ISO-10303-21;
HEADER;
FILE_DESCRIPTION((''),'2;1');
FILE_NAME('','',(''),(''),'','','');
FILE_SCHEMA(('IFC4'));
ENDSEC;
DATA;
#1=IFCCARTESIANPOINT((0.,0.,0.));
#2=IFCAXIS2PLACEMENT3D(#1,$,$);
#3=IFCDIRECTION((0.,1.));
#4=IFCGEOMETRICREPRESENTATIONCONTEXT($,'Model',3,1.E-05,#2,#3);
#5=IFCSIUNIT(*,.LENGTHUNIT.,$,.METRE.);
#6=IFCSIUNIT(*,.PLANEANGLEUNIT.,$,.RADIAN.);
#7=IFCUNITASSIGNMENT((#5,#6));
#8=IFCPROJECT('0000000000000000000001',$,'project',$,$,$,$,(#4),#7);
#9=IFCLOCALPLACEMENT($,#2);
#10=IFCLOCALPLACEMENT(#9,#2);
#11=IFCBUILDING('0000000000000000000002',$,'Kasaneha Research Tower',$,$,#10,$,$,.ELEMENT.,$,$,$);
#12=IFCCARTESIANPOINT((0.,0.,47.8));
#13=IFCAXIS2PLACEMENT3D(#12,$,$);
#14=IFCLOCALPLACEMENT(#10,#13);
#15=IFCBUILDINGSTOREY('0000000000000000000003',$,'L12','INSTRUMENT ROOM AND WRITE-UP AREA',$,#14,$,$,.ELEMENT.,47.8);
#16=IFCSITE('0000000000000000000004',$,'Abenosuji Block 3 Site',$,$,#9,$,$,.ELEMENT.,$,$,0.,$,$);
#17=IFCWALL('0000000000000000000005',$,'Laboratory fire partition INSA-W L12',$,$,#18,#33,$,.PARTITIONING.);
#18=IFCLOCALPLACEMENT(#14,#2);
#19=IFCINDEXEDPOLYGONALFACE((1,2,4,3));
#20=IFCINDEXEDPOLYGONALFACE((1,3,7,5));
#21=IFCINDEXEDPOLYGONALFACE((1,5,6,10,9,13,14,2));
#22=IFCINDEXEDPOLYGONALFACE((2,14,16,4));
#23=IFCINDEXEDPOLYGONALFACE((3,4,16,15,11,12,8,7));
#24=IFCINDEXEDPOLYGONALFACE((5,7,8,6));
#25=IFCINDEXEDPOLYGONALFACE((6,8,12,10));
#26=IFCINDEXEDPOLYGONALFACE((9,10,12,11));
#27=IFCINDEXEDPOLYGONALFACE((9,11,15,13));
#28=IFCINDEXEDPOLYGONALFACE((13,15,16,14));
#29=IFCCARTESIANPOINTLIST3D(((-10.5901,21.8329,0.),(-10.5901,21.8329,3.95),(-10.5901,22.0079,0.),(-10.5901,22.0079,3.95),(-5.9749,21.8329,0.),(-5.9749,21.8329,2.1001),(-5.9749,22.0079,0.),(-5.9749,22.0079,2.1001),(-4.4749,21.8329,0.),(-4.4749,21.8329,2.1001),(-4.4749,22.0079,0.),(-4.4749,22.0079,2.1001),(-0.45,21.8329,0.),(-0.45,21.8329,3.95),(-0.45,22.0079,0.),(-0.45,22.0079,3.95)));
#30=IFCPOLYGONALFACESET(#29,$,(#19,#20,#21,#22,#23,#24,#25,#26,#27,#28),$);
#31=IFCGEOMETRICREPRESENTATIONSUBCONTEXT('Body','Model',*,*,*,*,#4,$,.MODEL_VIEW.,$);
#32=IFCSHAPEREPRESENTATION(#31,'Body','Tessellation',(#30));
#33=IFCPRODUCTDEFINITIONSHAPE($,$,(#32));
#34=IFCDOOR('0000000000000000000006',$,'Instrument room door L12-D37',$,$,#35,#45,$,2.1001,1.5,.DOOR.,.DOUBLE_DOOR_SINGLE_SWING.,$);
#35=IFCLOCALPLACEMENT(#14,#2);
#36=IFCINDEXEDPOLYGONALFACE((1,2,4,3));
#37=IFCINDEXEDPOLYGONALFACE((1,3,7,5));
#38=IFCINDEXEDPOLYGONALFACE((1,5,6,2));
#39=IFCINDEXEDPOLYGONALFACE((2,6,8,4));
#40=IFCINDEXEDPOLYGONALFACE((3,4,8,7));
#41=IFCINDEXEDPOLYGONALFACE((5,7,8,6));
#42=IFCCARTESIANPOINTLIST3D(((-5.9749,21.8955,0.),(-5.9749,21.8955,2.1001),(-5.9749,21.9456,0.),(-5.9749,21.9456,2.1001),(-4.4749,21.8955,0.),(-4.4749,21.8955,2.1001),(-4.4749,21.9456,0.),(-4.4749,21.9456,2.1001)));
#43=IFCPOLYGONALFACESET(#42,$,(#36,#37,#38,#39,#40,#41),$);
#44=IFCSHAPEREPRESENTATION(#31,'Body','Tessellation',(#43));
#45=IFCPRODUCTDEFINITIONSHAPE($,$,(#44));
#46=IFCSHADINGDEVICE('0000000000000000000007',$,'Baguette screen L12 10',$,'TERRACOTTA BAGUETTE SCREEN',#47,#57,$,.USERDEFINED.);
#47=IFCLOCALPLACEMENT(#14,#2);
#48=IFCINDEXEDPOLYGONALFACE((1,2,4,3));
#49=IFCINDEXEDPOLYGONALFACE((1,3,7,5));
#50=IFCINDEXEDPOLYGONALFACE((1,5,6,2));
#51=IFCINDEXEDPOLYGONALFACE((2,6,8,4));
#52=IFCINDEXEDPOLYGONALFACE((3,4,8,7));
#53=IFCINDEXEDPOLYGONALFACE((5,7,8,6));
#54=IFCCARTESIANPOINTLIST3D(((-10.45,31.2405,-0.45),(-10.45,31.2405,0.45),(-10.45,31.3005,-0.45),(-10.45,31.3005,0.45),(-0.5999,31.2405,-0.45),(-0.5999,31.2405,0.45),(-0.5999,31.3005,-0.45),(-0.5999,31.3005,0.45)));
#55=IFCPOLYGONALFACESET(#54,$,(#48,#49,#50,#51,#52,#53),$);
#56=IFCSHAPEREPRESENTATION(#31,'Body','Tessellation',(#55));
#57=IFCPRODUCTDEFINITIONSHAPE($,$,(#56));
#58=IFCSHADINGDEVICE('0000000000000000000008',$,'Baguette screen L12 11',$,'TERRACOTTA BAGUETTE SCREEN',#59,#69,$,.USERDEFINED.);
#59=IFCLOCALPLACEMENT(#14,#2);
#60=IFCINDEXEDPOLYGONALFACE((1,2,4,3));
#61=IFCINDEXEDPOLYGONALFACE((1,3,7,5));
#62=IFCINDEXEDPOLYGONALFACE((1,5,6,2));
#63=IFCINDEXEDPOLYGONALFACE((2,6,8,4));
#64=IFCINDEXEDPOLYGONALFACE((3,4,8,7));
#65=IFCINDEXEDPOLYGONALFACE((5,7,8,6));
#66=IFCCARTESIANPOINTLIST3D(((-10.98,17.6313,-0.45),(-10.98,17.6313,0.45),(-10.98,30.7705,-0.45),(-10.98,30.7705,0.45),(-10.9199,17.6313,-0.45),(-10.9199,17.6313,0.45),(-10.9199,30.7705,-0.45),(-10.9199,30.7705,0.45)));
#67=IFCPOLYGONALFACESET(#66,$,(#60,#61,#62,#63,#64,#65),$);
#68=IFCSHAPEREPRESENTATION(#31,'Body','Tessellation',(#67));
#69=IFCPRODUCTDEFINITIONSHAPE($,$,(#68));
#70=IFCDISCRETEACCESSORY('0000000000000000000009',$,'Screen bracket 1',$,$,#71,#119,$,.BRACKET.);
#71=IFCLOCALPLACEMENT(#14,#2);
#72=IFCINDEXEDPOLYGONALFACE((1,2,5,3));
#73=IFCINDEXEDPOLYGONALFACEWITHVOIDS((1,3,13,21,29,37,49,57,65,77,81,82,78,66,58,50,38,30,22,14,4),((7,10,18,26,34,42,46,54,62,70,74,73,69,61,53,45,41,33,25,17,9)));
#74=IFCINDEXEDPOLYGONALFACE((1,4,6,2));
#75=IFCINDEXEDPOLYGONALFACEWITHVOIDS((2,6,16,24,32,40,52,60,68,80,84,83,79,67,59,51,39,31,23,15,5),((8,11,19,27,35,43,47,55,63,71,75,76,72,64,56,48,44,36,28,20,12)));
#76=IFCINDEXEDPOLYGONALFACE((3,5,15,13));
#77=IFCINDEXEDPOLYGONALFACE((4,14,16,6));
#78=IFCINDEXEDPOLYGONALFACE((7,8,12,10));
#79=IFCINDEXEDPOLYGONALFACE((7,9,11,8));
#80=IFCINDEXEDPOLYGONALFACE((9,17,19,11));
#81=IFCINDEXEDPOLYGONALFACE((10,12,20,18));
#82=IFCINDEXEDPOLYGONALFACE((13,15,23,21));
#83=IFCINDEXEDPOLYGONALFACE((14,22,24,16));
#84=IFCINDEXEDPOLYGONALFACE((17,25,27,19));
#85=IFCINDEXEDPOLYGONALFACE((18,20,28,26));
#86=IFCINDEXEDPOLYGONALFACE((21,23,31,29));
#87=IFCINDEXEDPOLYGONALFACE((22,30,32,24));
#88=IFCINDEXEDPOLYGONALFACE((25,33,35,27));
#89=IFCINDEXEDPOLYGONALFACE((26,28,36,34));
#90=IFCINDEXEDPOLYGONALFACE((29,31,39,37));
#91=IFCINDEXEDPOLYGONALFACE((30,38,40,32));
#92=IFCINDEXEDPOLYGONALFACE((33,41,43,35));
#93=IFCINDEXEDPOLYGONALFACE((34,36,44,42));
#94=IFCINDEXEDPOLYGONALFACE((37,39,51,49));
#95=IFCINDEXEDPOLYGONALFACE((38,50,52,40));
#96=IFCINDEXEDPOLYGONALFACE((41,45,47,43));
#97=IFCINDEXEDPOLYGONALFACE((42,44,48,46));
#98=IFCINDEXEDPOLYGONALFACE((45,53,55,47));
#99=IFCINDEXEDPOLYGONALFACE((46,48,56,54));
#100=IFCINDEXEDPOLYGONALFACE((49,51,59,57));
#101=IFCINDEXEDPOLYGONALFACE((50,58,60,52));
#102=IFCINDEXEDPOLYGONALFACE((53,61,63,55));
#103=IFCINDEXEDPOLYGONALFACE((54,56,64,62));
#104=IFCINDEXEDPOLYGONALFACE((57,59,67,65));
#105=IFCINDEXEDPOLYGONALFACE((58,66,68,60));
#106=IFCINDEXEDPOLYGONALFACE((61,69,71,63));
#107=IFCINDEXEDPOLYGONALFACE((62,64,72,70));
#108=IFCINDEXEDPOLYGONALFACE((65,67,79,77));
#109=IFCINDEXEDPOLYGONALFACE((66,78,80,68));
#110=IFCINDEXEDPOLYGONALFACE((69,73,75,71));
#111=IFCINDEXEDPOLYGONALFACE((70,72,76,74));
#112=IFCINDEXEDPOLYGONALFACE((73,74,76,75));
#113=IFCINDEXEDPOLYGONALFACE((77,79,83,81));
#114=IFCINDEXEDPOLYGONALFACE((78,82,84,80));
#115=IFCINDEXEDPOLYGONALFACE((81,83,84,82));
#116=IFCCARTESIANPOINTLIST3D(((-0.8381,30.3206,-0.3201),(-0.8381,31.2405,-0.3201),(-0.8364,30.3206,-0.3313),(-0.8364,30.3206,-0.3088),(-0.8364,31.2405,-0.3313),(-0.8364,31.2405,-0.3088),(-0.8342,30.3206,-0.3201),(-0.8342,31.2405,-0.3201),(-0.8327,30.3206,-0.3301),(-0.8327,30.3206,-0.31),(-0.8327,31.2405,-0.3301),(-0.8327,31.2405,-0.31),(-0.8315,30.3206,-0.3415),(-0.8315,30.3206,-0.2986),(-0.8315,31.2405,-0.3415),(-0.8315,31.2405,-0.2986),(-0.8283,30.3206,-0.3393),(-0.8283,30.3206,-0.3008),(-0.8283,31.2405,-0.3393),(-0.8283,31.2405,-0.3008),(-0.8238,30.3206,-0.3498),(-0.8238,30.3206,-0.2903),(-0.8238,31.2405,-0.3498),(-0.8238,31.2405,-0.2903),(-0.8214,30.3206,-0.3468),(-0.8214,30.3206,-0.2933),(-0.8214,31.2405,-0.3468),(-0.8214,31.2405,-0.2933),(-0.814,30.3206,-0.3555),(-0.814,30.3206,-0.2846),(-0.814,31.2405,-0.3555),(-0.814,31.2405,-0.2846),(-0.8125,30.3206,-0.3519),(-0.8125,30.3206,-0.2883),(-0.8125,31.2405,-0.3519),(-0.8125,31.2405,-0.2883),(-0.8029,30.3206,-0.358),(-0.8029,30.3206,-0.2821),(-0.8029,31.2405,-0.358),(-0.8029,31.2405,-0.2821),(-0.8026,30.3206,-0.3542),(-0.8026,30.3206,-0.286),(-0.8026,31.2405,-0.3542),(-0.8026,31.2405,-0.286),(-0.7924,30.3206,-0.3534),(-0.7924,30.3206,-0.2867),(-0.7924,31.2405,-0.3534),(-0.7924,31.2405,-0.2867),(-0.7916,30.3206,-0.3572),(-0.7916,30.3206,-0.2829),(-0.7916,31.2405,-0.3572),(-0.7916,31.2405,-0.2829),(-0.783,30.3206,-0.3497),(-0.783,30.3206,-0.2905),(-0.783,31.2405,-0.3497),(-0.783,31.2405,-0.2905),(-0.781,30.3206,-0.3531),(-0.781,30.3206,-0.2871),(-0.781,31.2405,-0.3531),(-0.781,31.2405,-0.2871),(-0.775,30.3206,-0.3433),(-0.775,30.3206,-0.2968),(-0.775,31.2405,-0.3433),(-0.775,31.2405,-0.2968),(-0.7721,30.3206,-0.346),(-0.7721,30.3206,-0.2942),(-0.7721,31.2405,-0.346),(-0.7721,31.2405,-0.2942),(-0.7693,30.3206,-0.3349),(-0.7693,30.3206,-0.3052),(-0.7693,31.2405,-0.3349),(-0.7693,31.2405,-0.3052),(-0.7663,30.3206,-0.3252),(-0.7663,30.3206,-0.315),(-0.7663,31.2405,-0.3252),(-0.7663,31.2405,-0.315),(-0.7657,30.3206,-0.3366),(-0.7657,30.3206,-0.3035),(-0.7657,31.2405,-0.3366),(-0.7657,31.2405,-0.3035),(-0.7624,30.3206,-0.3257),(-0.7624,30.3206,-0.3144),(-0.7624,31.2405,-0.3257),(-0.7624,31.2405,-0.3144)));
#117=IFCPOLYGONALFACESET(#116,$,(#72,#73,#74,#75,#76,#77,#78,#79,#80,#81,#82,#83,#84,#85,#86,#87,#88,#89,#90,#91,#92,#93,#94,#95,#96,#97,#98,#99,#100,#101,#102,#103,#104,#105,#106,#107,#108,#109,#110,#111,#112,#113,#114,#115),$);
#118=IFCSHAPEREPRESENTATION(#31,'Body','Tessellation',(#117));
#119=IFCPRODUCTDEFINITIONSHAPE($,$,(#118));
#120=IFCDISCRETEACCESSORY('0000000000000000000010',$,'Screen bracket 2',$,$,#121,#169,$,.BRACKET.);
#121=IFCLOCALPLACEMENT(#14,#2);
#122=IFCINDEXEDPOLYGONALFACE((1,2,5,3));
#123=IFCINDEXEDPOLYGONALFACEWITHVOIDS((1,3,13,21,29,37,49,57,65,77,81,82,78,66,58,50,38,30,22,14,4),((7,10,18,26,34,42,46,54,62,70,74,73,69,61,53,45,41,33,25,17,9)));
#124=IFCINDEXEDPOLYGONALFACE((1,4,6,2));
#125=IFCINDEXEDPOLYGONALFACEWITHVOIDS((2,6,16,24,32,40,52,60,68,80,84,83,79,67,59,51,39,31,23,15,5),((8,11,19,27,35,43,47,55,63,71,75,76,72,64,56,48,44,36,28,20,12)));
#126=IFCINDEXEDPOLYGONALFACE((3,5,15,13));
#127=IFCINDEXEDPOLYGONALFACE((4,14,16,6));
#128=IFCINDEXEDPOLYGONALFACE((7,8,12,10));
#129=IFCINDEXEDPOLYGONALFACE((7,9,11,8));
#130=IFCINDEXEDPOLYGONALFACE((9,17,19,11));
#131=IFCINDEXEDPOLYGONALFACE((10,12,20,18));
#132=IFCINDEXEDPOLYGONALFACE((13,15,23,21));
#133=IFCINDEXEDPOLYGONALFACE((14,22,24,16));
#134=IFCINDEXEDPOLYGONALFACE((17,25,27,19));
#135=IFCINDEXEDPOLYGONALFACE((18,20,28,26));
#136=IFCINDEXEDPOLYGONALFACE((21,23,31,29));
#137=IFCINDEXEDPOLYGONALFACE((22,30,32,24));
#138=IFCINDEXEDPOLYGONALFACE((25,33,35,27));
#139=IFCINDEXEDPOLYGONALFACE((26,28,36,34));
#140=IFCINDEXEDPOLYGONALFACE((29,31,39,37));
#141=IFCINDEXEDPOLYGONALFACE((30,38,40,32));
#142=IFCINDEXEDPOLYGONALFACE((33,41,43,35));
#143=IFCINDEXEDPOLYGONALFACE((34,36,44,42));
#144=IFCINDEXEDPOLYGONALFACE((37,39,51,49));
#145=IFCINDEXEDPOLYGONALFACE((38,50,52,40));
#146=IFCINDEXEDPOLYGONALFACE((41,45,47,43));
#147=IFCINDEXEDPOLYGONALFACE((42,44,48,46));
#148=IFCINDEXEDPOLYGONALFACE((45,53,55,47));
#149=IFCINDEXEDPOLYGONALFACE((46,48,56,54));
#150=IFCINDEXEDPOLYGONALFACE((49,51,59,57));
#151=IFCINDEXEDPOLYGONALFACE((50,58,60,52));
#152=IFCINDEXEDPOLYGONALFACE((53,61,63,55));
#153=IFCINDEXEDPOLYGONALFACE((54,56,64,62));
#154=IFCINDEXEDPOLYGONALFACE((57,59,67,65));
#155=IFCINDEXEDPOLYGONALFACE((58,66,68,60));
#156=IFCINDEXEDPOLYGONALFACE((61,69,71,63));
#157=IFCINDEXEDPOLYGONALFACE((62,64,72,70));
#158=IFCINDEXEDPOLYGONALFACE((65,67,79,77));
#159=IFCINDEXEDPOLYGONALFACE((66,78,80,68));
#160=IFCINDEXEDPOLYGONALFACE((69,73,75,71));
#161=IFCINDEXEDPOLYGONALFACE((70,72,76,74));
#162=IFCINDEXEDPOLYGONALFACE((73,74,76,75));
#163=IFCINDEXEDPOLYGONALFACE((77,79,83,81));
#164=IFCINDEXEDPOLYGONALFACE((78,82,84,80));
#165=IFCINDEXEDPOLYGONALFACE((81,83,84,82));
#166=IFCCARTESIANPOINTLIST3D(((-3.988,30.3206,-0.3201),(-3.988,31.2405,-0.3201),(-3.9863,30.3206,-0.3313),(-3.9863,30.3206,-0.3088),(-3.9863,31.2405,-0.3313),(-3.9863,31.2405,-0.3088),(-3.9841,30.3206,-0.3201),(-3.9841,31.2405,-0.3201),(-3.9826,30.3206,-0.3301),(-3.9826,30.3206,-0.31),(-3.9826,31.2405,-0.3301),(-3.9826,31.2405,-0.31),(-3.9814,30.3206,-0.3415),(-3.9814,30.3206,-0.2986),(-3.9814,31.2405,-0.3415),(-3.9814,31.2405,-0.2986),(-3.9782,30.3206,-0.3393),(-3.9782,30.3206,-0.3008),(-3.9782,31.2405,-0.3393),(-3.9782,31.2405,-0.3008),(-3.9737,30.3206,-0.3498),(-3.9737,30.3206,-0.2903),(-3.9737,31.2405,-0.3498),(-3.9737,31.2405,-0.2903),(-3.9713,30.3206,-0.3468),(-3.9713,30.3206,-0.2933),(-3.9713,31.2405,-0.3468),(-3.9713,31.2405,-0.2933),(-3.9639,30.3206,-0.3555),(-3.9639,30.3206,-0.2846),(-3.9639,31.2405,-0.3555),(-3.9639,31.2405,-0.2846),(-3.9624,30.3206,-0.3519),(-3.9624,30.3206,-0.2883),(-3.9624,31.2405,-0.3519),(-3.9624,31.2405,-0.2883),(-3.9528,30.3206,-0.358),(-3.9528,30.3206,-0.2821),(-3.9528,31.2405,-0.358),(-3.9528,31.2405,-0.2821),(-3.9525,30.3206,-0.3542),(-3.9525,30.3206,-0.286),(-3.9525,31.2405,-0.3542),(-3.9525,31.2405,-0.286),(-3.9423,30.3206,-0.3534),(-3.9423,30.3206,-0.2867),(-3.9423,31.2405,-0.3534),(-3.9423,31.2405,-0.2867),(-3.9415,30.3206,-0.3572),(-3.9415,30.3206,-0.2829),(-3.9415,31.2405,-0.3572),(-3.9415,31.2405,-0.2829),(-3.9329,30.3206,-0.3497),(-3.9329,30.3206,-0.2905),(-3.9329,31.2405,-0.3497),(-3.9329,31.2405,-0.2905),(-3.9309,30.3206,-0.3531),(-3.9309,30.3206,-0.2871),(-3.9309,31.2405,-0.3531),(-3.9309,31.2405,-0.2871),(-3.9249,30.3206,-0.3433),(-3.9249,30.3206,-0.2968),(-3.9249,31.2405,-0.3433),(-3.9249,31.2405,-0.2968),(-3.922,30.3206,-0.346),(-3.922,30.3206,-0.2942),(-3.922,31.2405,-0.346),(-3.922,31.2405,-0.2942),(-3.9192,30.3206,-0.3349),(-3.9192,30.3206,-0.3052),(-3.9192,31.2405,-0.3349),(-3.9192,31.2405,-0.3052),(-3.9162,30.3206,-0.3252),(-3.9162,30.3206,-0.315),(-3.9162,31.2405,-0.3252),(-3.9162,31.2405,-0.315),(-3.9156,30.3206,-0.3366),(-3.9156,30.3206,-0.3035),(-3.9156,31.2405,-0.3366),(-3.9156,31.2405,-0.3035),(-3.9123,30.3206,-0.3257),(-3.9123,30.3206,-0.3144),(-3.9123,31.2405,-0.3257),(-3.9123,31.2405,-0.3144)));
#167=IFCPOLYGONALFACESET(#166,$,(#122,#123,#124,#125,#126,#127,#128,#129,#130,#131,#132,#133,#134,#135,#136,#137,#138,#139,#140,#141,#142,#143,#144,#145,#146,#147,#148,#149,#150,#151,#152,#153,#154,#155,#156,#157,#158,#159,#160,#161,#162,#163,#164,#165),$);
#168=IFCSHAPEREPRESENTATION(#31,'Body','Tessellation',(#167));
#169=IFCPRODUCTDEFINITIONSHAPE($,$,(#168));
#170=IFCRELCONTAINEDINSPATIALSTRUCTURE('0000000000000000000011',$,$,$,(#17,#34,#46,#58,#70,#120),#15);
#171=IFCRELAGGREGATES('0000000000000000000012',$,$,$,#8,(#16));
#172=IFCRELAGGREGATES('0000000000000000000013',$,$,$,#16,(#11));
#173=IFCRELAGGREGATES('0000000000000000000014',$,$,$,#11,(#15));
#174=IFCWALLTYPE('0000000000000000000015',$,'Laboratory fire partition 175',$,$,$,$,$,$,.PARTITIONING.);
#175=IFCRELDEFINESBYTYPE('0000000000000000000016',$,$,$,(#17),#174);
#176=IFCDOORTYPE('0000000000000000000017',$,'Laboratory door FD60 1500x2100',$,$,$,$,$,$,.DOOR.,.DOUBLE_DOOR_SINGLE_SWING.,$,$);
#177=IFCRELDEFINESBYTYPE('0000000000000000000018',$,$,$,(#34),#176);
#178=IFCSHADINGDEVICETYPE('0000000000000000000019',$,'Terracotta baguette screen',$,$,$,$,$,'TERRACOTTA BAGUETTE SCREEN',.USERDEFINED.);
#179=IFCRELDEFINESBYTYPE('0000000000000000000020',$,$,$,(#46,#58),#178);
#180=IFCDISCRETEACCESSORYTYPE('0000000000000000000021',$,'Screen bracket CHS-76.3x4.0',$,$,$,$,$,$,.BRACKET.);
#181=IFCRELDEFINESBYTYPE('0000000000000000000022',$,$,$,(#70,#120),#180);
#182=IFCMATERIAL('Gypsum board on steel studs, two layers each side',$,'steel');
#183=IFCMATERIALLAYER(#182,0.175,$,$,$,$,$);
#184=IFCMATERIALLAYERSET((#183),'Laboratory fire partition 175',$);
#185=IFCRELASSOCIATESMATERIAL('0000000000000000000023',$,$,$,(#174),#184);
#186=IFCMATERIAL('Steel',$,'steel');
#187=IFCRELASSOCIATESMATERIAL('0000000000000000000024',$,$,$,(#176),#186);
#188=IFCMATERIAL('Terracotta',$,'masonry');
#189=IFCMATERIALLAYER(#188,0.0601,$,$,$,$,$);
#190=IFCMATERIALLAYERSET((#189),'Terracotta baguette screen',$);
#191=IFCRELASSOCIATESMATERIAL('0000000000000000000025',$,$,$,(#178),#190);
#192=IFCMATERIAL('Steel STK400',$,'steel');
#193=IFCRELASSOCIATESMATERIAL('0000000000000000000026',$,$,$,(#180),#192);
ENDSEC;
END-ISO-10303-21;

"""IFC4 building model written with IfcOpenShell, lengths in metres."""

from ifc_helpers import new_model, si_unit, direction, frame, frame_2d, origin, origin_2d, place, context, subcontext, project, spatial, rectangle, hollow_circle, extrude, material, layer, layer_set, material_profile, profile_set, type_object, element, fill, save


model = new_model("IFC4")

# Units and contexts
model_context = context("Model", 3, precision=1e-05, world=origin(), true_north=direction((0.0, 1.0)))
body_context = subcontext(model_context, "Body", "Model", "MODEL_VIEW")
ifc_project = project(units=[si_unit("LENGTHUNIT", "METRE"), si_unit("PLANEANGLEUNIT", "RADIAN")], contexts=[model_context])

# Site, building, storey
site_placement = place(None, origin())
site = spatial("IfcSite", under=ifc_project, at=site_placement, Name="Abenosuji Block 3 Site", CompositionType="ELEMENT", RefElevation=0.0)
building_placement = place(site_placement, origin())
building = spatial("IfcBuilding", under=site, at=building_placement, Name="Kasaneha Research Tower", CompositionType="ELEMENT")
storey_placement = place(building_placement, frame((0.0, 0.0, 47.8)))
storey = spatial("IfcBuildingStorey", under=building, at=storey_placement, Name="L12", Description="INSTRUMENT ROOM AND WRITE-UP AREA", CompositionType="ELEMENT", Elevation=47.8)

# Wall, opening, door
ifc_material_1 = material(Name="Gypsum board on steel studs, two layers each side", Category="steel")
ifc_layer_1 = layer(ifc_material_1, 0.175)
ifc_layer_set_1 = layer_set([ifc_layer_1], Name="Laboratory fire partition 175")
wall_type = type_object("IfcWallType", Name="Laboratory fire partition 175", PredefinedType="PARTITIONING", material=ifc_layer_set_1)
wall_placement = place(storey_placement, frame((-0.45, 21.9204, 0.0), z_axis=(0.0, 0.0, 1.0), x_axis=(-1.0, 0.0, 0.0)))
wall = element("IfcWall", 1, at=wall_placement, inside=storey, type_object=wall_type, Name="Laboratory fire partition INSA-W L12", PredefinedType="PARTITIONING", context=body_context, shape_type="SweptSolid", body=[
    extrude(rectangle(XDim=10.1401, YDim=0.175, at=frame_2d((5.0701, 0.0))), origin(), (0.0, 0.0, 1.0), 3.95),
])
opening_placement = place(wall_placement, frame((4.0249, 0.0, 0.0)))
opening = element("IfcOpeningElement", 2, at=opening_placement, cuts=wall, PredefinedType="OPENING", context=body_context, shape_type="SweptSolid", body=[
    extrude(rectangle(XDim=1.5, YDim=2.1001, at=frame_2d((0.75, 1.05))), frame((0.0, 0.0977, 0.0), z_axis=(0.0, -1.0, 0.0), x_axis=(1.0, 0.0, 0.0)), (0.0, 0.0, 1.0), 0.1951),
])
ifc_material_2 = material(Name="Steel", Category="steel")
door_type = type_object("IfcDoorType", Name="Laboratory door FD60 1500x2100", OperationType="DOUBLE_DOOR_SINGLE_SWING", PredefinedType="DOOR", material=ifc_material_2)
door_placement = place(opening_placement, origin())
door = element("IfcDoor", 3, at=door_placement, inside=storey, type_object=door_type, Name="Instrument room door L12-D37", OperationType="DOUBLE_DOOR_SINGLE_SWING", OverallHeight=2.1001, OverallWidth=1.5, PredefinedType="DOOR", context=body_context, shape_type="SweptSolid", body=[
    extrude(rectangle(XDim=1.5, YDim=2.1001, at=frame_2d((0.75, 1.05))), frame((0.0, 0.0249, 0.0), z_axis=(0.0, -1.0, 0.0), x_axis=(1.0, 0.0, 0.0)), (0.0, 0.0, 1.0), 0.05),
])
fill(opening, door)

# Shading devices
ifc_material_3 = material(Name="Terracotta", Category="masonry")
ifc_layer_2 = layer(ifc_material_3, 0.0601)
ifc_layer_set_2 = layer_set([ifc_layer_2], Name="Terracotta baguette screen")
shading_device_type = type_object("IfcShadingDeviceType", Name="Terracotta baguette screen", ElementType="TERRACOTTA BAGUETTE SCREEN", PredefinedType="USERDEFINED", material=ifc_layer_set_2)
shading_device_1_placement = place(storey_placement, frame((-5.5249, 31.2705, -0.45), z_axis=(0.0, 0.0, 1.0), x_axis=(-1.0, 0.0, 0.0)))
element("IfcShadingDevice", 4, at=shading_device_1_placement, inside=storey, type_object=shading_device_type, Name="Baguette screen L12 10", ObjectType="TERRACOTTA BAGUETTE SCREEN", PredefinedType="USERDEFINED", context=body_context, shape_type="SweptSolid", body=[
    extrude(rectangle(XDim=9.8501, YDim=0.0601, at=origin_2d()), origin(), (0.0, 0.0, 1.0), 0.8999),
])
shading_device_2_placement = place(storey_placement, frame((-10.95, 24.2009, -0.45), z_axis=(0.0, 0.0, 1.0), x_axis=(0.0, -1.0, 0.0)))
element("IfcShadingDevice", 5, at=shading_device_2_placement, inside=storey, type_object=shading_device_type, Name="Baguette screen L12 11", ObjectType="TERRACOTTA BAGUETTE SCREEN", PredefinedType="USERDEFINED", context=body_context, shape_type="SweptSolid", body=[
    extrude(rectangle(XDim=13.1392, YDim=0.0601, at=origin_2d()), origin(), (0.0, 0.0, 1.0), 0.8999),
])

# Discrete accessories
ifc_material_4 = material(Name="Steel STK400", Category="steel")
ifc_material_profile_1 = material_profile(ifc_material_4, hollow_circle(Radius=0.0381, WallThickness=0.0039, at=origin_2d()), Name="CHS-76.3x4.0")
ifc_profile_set_1 = profile_set([ifc_material_profile_1], Name="Steel STK400")
discrete_accessory_type = type_object("IfcDiscreteAccessoryType", Name="Screen bracket CHS-76.3x4.0", PredefinedType="BRACKET", material=ifc_profile_set_1)
for number, where, z_axis, x_axis, name in (
    (6, (-0.8, 30.3206, -0.3201), (0.0, 1.0, 0.0), (-1.0, 0.0, 0.0), "Screen bracket 1"),
    (7, (-3.95, 30.3206, -0.3201), (0.0, 1.0, 0.0), (-1.0, 0.0, 0.0), "Screen bracket 2"),
):
    element("IfcDiscreteAccessory", number, at=place(storey_placement, frame(where, z_axis=z_axis, x_axis=x_axis)), inside=storey, type_object=discrete_accessory_type, Name=name, PredefinedType="BRACKET", context=body_context, shape_type="SweptSolid", body=[
        extrude(hollow_circle(Radius=0.0381, WallThickness=0.0039, at=origin_2d()), origin(), (0.0, 0.0, 1.0), 0.9199),
    ])

save(model, "model.ifc")
